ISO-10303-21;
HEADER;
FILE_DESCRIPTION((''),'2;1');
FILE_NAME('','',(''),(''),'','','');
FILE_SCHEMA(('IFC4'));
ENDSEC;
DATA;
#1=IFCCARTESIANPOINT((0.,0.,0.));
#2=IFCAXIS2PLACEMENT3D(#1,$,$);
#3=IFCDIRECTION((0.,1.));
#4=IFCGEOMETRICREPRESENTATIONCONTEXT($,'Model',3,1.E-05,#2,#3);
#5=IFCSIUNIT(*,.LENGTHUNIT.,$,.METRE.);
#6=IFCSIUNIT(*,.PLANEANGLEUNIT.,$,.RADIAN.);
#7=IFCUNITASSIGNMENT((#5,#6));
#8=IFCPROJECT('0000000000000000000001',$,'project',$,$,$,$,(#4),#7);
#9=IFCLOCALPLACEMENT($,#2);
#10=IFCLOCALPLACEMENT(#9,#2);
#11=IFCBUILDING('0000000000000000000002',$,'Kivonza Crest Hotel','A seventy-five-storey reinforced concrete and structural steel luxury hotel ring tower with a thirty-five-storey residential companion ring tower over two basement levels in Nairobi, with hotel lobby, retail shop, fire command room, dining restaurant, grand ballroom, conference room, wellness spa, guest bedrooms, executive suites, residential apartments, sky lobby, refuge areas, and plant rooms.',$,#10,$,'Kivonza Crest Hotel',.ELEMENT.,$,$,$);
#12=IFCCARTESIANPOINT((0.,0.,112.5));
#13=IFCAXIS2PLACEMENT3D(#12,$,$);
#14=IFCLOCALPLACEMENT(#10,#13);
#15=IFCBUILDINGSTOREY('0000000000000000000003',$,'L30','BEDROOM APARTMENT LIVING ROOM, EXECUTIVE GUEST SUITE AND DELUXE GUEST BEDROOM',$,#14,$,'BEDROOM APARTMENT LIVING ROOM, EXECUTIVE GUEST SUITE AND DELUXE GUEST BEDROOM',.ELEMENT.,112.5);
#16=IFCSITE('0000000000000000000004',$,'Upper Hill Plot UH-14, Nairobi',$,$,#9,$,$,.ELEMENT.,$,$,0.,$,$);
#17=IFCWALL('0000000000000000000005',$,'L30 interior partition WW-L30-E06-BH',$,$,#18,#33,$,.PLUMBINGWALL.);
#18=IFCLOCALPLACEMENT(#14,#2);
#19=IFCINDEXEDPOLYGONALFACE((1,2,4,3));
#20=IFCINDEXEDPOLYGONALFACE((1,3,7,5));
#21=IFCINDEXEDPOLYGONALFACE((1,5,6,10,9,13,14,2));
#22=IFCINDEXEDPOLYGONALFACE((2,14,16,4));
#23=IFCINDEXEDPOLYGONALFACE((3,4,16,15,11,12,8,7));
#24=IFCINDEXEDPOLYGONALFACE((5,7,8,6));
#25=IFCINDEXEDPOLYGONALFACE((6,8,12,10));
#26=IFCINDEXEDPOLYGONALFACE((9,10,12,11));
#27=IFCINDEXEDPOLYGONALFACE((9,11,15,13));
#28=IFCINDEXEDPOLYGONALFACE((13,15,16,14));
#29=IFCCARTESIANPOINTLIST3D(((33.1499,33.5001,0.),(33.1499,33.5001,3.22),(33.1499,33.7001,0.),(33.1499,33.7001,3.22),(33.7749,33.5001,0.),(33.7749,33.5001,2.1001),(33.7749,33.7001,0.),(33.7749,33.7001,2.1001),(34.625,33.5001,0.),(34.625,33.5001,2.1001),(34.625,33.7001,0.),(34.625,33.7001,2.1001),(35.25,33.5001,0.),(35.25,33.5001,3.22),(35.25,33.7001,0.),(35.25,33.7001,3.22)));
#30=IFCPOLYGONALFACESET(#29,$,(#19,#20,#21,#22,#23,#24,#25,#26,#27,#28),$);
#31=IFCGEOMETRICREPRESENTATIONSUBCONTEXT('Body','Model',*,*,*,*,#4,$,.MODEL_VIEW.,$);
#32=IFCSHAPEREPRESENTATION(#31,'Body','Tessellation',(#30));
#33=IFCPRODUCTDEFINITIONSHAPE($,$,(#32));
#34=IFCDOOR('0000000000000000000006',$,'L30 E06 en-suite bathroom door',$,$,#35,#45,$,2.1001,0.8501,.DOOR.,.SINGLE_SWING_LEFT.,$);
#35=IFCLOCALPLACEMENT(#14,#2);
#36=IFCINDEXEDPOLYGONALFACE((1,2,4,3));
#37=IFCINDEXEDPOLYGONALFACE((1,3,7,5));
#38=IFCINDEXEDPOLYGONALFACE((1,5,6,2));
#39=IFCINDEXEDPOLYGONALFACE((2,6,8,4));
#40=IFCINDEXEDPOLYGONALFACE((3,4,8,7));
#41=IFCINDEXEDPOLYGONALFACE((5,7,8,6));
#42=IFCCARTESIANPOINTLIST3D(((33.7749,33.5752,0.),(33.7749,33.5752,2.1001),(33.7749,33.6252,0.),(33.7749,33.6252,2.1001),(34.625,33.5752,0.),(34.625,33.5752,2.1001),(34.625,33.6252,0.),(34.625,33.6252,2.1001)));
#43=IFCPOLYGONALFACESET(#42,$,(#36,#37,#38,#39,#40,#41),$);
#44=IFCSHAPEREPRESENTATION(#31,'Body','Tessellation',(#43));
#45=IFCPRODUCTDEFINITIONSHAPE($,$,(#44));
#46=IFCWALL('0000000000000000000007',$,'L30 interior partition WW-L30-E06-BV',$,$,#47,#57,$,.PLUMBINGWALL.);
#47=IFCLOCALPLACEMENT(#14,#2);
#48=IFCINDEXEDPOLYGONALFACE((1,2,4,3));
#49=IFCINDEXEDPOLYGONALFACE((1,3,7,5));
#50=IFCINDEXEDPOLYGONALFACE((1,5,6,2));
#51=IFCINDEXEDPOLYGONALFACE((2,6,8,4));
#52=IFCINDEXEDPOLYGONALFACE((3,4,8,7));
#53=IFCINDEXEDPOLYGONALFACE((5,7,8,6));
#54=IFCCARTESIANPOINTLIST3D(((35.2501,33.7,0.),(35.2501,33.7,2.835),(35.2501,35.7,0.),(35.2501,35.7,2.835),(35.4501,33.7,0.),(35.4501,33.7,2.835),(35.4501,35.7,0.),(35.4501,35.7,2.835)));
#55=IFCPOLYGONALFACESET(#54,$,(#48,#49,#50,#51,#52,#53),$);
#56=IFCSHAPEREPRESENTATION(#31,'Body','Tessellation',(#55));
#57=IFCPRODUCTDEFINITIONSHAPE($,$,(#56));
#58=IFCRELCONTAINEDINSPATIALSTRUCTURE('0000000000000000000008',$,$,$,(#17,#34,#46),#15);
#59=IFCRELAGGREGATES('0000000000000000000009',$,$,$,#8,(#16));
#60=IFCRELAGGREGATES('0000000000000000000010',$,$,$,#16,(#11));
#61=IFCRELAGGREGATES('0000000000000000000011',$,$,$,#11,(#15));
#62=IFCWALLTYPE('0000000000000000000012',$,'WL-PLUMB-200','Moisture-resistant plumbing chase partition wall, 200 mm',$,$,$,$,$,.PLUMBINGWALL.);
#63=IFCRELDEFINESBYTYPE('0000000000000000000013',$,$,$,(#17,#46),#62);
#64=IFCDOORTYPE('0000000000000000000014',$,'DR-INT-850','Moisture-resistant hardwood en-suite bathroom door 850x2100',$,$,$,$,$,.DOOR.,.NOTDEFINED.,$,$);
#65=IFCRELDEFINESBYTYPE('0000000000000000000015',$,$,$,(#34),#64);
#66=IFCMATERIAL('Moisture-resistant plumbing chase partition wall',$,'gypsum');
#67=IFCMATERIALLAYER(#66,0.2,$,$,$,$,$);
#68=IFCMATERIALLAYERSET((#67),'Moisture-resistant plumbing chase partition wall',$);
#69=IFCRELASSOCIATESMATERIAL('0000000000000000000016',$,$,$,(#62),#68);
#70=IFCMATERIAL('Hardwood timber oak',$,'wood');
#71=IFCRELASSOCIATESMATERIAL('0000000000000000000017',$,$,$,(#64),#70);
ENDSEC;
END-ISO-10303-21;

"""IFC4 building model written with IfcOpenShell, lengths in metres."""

from ifc_helpers import new_model, si_unit, direction, frame, frame_2d, origin, place, context, subcontext, project, spatial, rectangle, extrude, material, layer, layer_set, type_object, element, fill, save


model = new_model("IFC4")

# Units and contexts
model_context = context("Model", 3, precision=1e-05, world=origin(), true_north=direction((0.0, 1.0)))
body_context = subcontext(model_context, "Body", "Model", "MODEL_VIEW")
ifc_project = project(units=[si_unit("LENGTHUNIT", "METRE"), si_unit("PLANEANGLEUNIT", "RADIAN")], contexts=[model_context])

# Site, building, storey
site_placement = place(None, origin())
site = spatial("IfcSite", under=ifc_project, at=site_placement, Name="Upper Hill Plot UH-14, Nairobi", CompositionType="ELEMENT", RefElevation=0.0)
building_placement = place(site_placement, origin())
building = spatial("IfcBuilding", under=site, at=building_placement, Name="Kivonza Crest Hotel", Description="A seventy-five-storey reinforced concrete and structural steel luxury hotel ring tower with a thirty-five-storey residential companion ring tower over two basement levels in Nairobi, with hotel lobby, retail shop, fire command room, dining restaurant, grand ballroom, conference room, wellness spa, guest bedrooms, executive suites, residential apartments, sky lobby, refuge areas, and plant rooms.", LongName="Kivonza Crest Hotel", CompositionType="ELEMENT")
storey_placement = place(building_placement, frame((0.0, 0.0, 112.5)))
storey = spatial("IfcBuildingStorey", under=building, at=storey_placement, Name="L30", Description="BEDROOM APARTMENT LIVING ROOM, EXECUTIVE GUEST SUITE AND DELUXE GUEST BEDROOM", LongName="BEDROOM APARTMENT LIVING ROOM, EXECUTIVE GUEST SUITE AND DELUXE GUEST BEDROOM", CompositionType="ELEMENT", Elevation=112.5)

# Shared definitions
ifc_material_1 = material(Name="Hardwood timber oak", Category="wood")

# Shared definitions
ifc_material_2 = material(Name="Moisture-resistant plumbing chase partition wall", Category="gypsum")
ifc_layer_1 = layer(ifc_material_2, 0.2)
ifc_layer_set_1 = layer_set([ifc_layer_1], Name="Moisture-resistant plumbing chase partition wall")
wall_type_1 = type_object("IfcWallType", Name="WL-PLUMB-200", Description="Moisture-resistant plumbing chase partition wall, 200 mm", PredefinedType="PLUMBINGWALL", material=ifc_layer_set_1)

# Wall, opening, door
wall_1_placement = place(storey_placement, frame((33.1499, 33.6001, 0.0), z_axis=(0.0, 0.0, 1.0), x_axis=(1.0, 0.0, 0.0)))
wall_1 = element("IfcWall", 1, at=wall_1_placement, inside=storey, type_object=wall_type_1, Name="L30 interior partition WW-L30-E06-BH", PredefinedType="PLUMBINGWALL", context=body_context, shape_type="SweptSolid", body=[
    extrude(rectangle(XDim=2.1001, YDim=0.2, at=frame_2d((1.05, 0.0))), origin(), (0.0, 0.0, 1.0), 3.22),
])
opening_1_placement = place(wall_1_placement, frame((0.625, 0.0, 0.0)))
opening_1 = element("IfcOpeningElement", 2, at=opening_1_placement, cuts=wall_1, PredefinedType="OPENING", context=body_context, shape_type="SweptSolid", body=[
    extrude(rectangle(XDim=0.8501, YDim=2.1001, at=frame_2d((0.425, 1.05))), frame((0.0, 0.1099, 0.0), z_axis=(0.0, -1.0, 0.0), x_axis=(1.0, 0.0, 0.0)), (0.0, 0.0, 1.0), 0.22),
])
door_type_1 = type_object("IfcDoorType", Name="DR-INT-850", Description="Moisture-resistant hardwood en-suite bathroom door 850x2100", OperationType="NOTDEFINED", PredefinedType="DOOR", material=ifc_material_1)
door_1_placement = place(opening_1_placement, frame((0.8501, 0.0, 0.0), z_axis=(0.0, 0.0, 1.0), x_axis=(-1.0, 0.0, 0.0)))
door_1 = element("IfcDoor", 3, at=door_1_placement, inside=storey, type_object=door_type_1, Name="L30 E06 en-suite bathroom door", OperationType="SINGLE_SWING_LEFT", OverallHeight=2.1001, OverallWidth=0.8501, PredefinedType="DOOR", context=body_context, shape_type="SweptSolid", body=[
    extrude(rectangle(XDim=0.8501, YDim=2.1001, at=frame_2d((0.425, 1.05))), frame((0.0, 0.0249, 0.0), z_axis=(0.0, -1.0, 0.0), x_axis=(1.0, 0.0, 0.0)), (0.0, 0.0, 1.0), 0.05),
])
fill(opening_1, door_1)

# Wall
wall_2_placement = place(storey_placement, frame((35.3501, 33.7, 0.0), z_axis=(0.0, 0.0, 1.0), x_axis=(0.0, 1.0, 0.0)))
element("IfcWall", 4, at=wall_2_placement, inside=storey, type_object=wall_type_1, Name="L30 interior partition WW-L30-E06-BV", PredefinedType="PLUMBINGWALL", context=body_context, shape_type="SweptSolid", body=[
    extrude(rectangle(XDim=2.0, YDim=0.2, at=frame_2d((1.0, 0.0))), origin(), (0.0, 0.0, 1.0), 2.835),
])

save(model, "model.ifc")
